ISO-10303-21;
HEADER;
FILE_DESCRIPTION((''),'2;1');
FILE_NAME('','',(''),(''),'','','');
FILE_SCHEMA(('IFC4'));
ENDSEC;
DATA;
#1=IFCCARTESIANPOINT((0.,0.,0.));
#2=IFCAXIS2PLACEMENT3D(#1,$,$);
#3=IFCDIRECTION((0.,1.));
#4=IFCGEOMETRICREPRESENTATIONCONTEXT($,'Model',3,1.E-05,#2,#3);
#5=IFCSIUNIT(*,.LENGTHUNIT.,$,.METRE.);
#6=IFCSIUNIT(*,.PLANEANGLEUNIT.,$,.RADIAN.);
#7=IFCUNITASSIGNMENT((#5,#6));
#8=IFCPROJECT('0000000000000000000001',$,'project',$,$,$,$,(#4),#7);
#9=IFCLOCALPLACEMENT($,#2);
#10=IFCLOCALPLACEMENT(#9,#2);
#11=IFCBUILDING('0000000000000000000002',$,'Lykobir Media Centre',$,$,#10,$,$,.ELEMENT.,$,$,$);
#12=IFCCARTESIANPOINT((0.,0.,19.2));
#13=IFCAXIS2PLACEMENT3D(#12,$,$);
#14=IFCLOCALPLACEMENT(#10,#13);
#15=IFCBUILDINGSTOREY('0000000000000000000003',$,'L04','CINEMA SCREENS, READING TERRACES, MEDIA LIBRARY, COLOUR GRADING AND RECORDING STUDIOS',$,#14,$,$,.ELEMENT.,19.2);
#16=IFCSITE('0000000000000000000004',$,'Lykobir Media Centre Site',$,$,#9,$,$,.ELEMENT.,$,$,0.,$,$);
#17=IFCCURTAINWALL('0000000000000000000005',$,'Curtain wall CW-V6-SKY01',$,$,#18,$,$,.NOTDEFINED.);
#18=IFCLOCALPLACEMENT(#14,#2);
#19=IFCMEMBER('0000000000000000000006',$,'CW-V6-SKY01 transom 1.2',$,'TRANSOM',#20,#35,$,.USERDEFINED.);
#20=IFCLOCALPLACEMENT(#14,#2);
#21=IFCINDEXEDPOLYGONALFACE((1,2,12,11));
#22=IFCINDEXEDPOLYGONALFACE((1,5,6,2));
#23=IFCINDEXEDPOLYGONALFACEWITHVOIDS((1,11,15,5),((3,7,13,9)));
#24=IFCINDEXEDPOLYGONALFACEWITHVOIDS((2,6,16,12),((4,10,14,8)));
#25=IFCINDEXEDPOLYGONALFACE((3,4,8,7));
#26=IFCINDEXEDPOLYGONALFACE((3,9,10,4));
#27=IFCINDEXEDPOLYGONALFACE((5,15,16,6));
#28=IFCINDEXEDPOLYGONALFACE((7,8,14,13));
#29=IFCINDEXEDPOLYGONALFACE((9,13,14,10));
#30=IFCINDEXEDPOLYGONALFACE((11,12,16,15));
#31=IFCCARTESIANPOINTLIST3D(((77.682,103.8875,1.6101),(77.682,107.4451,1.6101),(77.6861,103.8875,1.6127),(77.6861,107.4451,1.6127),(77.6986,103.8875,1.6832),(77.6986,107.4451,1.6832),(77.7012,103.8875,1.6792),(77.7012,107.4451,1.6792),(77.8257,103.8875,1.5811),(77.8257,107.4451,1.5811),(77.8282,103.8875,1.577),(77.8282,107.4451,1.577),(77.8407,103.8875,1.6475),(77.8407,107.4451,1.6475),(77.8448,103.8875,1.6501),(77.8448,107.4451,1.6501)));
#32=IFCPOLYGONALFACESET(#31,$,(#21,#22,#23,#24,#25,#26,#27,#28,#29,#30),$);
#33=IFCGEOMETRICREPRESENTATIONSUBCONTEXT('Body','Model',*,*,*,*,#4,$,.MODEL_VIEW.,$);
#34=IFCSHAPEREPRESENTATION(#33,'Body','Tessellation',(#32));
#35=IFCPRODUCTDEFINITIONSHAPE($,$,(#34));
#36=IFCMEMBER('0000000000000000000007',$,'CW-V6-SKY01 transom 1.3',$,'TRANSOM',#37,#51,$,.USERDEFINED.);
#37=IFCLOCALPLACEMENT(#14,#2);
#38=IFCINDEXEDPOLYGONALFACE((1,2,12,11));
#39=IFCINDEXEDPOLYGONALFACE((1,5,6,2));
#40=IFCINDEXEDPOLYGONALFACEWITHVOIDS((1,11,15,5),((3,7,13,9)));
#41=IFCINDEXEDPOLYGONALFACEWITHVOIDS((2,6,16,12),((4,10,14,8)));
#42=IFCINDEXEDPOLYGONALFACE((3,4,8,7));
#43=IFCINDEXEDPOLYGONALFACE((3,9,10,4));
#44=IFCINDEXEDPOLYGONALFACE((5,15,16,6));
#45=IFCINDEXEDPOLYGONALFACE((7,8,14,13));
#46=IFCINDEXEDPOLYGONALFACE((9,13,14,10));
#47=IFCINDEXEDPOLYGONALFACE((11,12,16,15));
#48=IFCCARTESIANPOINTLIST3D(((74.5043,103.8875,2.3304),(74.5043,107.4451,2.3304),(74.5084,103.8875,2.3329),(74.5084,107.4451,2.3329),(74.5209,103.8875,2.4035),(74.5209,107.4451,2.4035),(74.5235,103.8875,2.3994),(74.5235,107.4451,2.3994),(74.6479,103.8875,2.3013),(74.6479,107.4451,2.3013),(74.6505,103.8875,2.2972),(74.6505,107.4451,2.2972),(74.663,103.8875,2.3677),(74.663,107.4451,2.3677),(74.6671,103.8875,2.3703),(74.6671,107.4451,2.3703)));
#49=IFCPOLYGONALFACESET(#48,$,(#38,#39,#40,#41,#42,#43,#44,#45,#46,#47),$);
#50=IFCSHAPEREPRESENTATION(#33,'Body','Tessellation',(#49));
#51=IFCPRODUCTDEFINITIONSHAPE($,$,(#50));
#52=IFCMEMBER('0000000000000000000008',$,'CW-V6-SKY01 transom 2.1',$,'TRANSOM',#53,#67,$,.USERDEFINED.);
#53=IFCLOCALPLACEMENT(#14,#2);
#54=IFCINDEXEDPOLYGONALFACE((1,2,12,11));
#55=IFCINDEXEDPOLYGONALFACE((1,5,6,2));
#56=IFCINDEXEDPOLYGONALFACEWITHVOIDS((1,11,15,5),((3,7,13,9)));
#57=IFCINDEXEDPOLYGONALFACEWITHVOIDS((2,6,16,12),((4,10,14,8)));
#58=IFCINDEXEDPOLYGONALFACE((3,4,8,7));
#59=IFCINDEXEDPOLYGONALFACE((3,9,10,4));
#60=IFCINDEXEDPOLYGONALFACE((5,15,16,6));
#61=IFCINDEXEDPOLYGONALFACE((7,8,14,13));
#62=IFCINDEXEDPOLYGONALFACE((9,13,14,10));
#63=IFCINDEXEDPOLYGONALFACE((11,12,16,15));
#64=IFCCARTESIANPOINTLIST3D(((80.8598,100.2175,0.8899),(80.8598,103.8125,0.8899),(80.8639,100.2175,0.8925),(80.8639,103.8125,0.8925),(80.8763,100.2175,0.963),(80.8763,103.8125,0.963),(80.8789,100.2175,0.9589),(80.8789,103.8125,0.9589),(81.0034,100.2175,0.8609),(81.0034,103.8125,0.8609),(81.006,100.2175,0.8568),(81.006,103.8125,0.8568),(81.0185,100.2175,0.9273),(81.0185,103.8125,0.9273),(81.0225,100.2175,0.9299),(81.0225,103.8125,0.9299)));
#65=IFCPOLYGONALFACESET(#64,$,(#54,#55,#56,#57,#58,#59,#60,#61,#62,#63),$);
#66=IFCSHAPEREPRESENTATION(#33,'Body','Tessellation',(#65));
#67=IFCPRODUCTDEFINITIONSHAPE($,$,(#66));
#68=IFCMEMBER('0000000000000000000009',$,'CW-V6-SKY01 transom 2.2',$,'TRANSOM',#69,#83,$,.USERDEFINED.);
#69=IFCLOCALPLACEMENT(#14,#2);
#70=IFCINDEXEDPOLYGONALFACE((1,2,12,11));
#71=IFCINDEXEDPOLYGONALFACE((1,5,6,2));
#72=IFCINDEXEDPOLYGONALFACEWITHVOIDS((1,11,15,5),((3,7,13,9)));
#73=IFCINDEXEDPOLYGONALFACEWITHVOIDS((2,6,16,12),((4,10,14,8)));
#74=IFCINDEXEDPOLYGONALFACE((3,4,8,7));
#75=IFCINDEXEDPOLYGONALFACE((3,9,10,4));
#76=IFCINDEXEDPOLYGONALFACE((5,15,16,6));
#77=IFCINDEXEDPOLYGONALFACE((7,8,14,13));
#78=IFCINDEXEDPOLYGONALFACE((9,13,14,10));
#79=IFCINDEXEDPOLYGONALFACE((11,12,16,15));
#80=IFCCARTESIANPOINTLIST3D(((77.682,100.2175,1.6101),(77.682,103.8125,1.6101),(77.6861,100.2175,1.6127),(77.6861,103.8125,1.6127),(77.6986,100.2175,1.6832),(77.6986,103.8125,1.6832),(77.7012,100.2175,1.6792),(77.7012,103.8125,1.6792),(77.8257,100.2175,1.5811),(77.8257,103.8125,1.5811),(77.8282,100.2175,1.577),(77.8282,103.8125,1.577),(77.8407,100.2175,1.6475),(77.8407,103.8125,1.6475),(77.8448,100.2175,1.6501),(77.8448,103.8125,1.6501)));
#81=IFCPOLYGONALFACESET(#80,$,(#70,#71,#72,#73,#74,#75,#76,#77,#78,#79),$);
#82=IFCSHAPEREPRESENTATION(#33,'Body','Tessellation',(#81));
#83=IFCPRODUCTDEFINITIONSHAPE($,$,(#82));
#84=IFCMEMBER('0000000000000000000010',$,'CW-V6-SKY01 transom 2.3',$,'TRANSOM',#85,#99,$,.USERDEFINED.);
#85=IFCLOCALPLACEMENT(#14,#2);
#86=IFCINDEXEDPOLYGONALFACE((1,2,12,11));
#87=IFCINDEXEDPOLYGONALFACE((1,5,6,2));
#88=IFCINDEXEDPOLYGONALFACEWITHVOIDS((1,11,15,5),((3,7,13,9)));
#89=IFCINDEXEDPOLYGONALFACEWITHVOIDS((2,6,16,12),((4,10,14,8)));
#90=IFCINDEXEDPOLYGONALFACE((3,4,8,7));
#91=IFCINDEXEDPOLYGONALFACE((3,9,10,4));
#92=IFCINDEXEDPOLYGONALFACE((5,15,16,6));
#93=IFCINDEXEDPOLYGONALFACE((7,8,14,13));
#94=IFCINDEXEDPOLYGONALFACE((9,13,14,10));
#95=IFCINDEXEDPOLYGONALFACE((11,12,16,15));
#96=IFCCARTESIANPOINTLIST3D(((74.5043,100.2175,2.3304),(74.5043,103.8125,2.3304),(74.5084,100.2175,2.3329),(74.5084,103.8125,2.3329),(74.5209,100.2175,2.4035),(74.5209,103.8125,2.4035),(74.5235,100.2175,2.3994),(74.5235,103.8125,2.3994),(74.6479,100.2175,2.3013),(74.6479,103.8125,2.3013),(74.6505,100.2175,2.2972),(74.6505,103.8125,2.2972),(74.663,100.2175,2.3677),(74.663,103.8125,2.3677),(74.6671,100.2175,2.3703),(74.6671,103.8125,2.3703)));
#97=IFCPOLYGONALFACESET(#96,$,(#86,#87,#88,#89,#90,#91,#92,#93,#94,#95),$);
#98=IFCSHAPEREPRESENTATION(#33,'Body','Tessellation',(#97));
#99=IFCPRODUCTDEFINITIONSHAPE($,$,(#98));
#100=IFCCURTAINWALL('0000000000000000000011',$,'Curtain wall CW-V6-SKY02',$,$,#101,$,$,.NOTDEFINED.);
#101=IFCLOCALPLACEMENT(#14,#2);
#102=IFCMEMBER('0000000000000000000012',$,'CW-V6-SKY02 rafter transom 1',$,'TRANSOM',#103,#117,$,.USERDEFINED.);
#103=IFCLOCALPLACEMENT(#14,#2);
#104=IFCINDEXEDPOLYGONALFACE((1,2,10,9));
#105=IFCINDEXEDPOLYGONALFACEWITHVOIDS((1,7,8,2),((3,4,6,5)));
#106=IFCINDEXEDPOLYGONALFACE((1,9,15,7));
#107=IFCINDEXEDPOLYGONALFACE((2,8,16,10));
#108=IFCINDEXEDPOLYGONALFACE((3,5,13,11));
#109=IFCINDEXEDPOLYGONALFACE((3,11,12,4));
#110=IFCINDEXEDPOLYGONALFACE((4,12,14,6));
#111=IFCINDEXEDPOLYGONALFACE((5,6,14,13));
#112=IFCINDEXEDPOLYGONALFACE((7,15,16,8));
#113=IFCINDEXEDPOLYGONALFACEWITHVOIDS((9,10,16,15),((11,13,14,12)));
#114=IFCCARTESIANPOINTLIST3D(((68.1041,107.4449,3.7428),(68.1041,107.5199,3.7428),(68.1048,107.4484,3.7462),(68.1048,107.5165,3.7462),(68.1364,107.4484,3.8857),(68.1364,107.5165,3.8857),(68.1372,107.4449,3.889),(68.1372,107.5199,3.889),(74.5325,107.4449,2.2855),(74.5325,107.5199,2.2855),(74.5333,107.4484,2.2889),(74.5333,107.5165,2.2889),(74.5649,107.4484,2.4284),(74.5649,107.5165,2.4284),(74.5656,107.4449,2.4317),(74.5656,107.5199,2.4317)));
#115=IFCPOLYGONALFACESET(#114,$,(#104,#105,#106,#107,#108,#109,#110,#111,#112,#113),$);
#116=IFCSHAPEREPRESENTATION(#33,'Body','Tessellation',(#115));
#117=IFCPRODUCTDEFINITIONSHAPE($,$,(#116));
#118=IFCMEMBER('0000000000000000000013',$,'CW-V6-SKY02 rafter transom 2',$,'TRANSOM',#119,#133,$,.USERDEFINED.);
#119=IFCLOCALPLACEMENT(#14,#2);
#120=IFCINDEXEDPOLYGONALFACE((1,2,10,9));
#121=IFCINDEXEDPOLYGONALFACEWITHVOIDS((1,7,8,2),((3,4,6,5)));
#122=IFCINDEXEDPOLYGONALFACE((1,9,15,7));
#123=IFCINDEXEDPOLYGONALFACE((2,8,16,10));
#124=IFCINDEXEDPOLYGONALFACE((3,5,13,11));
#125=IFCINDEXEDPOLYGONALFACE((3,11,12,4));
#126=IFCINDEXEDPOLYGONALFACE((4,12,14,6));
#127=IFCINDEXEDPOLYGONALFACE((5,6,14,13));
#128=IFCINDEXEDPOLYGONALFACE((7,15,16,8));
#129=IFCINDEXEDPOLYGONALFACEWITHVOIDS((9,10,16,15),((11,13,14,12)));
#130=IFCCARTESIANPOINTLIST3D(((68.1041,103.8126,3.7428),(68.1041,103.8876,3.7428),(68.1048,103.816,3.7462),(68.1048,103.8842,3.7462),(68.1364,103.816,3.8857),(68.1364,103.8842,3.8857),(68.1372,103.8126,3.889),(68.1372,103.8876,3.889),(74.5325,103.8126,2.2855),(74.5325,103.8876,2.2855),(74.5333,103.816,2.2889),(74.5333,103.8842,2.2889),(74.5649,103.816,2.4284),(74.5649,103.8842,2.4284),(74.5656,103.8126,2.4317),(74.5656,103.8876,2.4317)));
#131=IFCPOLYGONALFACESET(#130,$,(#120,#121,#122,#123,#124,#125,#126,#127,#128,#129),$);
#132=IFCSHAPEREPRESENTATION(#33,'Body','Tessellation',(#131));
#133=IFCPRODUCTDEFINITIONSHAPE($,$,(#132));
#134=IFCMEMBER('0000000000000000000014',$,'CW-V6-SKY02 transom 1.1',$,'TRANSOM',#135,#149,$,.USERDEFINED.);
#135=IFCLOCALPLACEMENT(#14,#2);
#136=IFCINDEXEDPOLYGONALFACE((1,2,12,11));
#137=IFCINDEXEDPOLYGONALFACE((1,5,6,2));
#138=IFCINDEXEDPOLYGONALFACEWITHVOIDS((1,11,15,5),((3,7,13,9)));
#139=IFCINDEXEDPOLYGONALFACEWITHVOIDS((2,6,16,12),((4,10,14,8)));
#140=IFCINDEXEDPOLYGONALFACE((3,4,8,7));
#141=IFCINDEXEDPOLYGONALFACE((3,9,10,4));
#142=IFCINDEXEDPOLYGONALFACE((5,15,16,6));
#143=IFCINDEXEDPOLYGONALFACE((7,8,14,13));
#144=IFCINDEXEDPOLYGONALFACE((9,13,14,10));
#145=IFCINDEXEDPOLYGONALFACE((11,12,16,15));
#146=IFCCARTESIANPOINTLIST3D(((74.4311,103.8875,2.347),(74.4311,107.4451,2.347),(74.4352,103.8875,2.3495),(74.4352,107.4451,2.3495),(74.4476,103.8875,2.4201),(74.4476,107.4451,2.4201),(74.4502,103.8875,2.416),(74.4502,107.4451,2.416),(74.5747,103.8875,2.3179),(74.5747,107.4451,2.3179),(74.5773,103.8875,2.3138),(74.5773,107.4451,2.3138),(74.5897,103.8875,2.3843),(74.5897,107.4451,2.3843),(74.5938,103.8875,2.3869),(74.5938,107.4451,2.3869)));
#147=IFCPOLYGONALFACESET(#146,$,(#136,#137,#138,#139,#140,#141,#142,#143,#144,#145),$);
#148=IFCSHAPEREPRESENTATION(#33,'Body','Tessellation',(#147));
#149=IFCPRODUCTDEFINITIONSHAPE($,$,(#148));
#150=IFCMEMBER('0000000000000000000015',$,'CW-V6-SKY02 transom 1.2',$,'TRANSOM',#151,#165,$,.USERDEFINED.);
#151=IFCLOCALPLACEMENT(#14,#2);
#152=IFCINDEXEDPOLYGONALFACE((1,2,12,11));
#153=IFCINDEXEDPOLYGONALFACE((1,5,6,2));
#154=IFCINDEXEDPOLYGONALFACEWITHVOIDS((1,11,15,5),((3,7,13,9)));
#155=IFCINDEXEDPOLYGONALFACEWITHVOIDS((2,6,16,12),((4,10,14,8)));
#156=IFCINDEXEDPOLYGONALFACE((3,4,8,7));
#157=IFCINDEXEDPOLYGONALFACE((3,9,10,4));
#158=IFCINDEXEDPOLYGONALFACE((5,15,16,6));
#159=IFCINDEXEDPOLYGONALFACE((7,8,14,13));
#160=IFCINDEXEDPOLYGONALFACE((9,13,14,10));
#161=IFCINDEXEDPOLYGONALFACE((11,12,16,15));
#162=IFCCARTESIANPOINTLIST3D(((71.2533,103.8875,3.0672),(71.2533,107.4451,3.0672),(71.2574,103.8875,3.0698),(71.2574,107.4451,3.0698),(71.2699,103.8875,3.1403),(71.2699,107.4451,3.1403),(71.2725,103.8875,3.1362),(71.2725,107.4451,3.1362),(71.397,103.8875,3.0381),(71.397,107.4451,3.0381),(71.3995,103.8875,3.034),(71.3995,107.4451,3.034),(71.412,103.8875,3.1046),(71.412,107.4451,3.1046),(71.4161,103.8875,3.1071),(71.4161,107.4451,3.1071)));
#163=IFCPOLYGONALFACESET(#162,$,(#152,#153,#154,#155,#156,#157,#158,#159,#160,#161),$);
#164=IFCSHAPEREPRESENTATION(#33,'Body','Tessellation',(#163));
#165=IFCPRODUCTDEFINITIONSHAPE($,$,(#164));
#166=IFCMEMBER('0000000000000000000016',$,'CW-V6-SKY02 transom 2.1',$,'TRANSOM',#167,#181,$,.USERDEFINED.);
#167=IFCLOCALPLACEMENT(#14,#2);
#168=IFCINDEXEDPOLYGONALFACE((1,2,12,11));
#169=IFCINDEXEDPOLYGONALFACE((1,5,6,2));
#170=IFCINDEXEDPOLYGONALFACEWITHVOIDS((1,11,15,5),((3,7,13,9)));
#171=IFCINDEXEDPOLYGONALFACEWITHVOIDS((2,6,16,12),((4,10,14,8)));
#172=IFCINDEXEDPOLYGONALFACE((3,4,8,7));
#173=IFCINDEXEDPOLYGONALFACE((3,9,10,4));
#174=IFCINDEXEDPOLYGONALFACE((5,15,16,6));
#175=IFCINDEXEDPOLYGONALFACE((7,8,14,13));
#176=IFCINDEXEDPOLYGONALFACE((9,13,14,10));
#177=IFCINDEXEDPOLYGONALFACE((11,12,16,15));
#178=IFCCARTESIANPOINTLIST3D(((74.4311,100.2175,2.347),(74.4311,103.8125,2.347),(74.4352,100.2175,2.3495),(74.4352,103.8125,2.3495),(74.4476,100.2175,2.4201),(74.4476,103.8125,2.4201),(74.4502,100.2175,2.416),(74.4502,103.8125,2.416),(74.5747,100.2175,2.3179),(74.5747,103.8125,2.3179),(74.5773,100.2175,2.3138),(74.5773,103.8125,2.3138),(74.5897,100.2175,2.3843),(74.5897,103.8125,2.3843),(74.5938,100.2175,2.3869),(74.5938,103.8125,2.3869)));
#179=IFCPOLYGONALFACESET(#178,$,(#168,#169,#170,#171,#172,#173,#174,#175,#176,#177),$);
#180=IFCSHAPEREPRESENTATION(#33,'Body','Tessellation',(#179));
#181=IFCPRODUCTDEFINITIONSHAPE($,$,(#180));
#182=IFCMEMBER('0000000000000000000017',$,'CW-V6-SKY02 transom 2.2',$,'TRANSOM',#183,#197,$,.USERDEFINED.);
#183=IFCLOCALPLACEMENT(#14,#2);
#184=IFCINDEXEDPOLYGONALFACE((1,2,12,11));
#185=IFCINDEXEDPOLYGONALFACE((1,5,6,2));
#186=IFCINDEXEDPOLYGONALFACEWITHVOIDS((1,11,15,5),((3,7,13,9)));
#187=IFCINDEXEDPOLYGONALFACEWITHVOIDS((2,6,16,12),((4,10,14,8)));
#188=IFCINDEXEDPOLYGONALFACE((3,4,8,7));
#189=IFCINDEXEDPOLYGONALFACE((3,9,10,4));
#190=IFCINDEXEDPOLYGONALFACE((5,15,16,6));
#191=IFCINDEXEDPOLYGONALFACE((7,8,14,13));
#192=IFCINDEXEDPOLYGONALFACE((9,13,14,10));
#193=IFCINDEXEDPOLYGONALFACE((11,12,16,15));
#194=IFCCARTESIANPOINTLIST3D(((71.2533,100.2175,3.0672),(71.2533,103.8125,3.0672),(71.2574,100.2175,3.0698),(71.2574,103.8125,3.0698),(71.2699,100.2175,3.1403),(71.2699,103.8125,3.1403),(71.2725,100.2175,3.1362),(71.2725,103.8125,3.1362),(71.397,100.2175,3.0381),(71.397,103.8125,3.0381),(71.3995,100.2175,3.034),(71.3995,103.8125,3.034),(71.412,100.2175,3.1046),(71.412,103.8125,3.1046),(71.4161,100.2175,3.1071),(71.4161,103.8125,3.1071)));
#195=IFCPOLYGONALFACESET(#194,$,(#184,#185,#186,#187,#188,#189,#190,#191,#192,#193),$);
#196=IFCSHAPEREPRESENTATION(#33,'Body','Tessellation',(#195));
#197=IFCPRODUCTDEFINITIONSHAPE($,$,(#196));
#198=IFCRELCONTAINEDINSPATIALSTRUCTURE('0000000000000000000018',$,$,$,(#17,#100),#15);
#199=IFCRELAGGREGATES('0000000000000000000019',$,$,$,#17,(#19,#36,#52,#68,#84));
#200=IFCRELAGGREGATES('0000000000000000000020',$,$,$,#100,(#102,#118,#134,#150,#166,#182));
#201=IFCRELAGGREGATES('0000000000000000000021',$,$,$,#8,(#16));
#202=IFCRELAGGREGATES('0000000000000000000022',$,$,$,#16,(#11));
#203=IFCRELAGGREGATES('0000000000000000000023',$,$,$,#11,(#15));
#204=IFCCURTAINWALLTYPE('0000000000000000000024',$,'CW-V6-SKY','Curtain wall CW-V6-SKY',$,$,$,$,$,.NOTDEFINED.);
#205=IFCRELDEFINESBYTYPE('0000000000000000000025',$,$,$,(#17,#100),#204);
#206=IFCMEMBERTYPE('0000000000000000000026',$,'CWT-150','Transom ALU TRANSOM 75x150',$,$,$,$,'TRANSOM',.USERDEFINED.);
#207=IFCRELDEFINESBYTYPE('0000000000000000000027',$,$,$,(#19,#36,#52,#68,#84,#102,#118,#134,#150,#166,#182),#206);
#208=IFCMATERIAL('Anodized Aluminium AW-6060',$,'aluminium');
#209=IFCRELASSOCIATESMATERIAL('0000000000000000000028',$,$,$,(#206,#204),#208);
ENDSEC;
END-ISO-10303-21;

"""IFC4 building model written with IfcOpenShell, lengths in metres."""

from ifc_helpers import new_model, si_unit, direction, frame, origin, origin_2d, place, context, subcontext, project, spatial, hollow_rectangle, extrude, material, material_profile, profile_set, type_object, element, aggregate, save


model = new_model("IFC4")

# Units and contexts
model_context = context("Model", 3, precision=1e-05, world=origin(), true_north=direction((0.0, 1.0)))
body_context = subcontext(model_context, "Body", "Model", "MODEL_VIEW")
ifc_project = project(units=[si_unit("LENGTHUNIT", "METRE"), si_unit("PLANEANGLEUNIT", "RADIAN")], contexts=[model_context])

# Site, building, storey
site_placement = place(None, origin())
site = spatial("IfcSite", under=ifc_project, at=site_placement, Name="Lykobir Media Centre Site", CompositionType="ELEMENT", RefElevation=0.0)
building_placement = place(site_placement, origin())
building = spatial("IfcBuilding", under=site, at=building_placement, Name="Lykobir Media Centre", CompositionType="ELEMENT")
storey_placement = place(building_placement, frame((0.0, 0.0, 19.2)))
storey = spatial("IfcBuildingStorey", under=building, at=storey_placement, Name="L04", Description="CINEMA SCREENS, READING TERRACES, MEDIA LIBRARY, COLOUR GRADING AND RECORDING STUDIOS", CompositionType="ELEMENT", Elevation=19.2)

# Curtain walls, members
ifc_material_1 = material(Name="Anodized Aluminium AW-6060", Category="aluminium")
ifc_material_profile_1 = material_profile(ifc_material_1, hollow_rectangle(XDim=0.075, YDim=0.1499, WallThickness=0.0034, at=origin_2d()), Name="ALU TRANSOM 75x150")
ifc_profile_set_1 = profile_set([ifc_material_profile_1], Name="Anodized Aluminium AW-6060")
member_type_1 = type_object("IfcMemberType", Name="CWT-150", Description="Transom ALU TRANSOM 75x150", ElementType="TRANSOM", PredefinedType="USERDEFINED", material=ifc_profile_set_1)
curtain_wall_type_1 = type_object("IfcCurtainWallType", Name="CW-V6-SKY", Description="Curtain wall CW-V6-SKY", PredefinedType="NOTDEFINED", material=ifc_material_1)
curtain_wall_1_placement = place(storey_placement, origin())
curtain_wall_1 = element("IfcCurtainWall", 1, at=curtain_wall_1_placement, inside=storey, type_object=curtain_wall_type_1, Name="Curtain wall CW-V6-SKY01", PredefinedType="NOTDEFINED")
member_1_placement = place(storey_placement, frame((77.7634, 107.4451, 1.6301), z_axis=(0.0, -1.0, 0.0), x_axis=(0.221055, 0.0, 0.975261)))
member_1 = element("IfcMember", 2, at=member_1_placement, type_object=member_type_1, Name="CW-V6-SKY01 transom 1.2", ObjectType="TRANSOM", PredefinedType="USERDEFINED", context=body_context, shape_type="SweptSolid", body=[
    extrude(hollow_rectangle(XDim=0.075, YDim=0.1499, WallThickness=0.0034, at=origin_2d()), origin(), (0.0, 0.0, 1.0), 3.5576),
])
member_2_placement = place(storey_placement, frame((74.5857, 107.4451, 2.3503), z_axis=(0.0, -1.0, 0.0), x_axis=(0.221055, 0.0, 0.975261)))
member_2 = element("IfcMember", 3, at=member_2_placement, type_object=member_type_1, Name="CW-V6-SKY01 transom 1.3", ObjectType="TRANSOM", PredefinedType="USERDEFINED", context=body_context, shape_type="SweptSolid", body=[
    extrude(hollow_rectangle(XDim=0.075, YDim=0.1499, WallThickness=0.0034, at=origin_2d()), origin(), (0.0, 0.0, 1.0), 3.5576),
])
member_3_placement = place(storey_placement, frame((80.9412, 103.8125, 0.9099), z_axis=(0.0, -1.0, 0.0), x_axis=(0.221055, 0.0, 0.975261)))
member_3 = element("IfcMember", 4, at=member_3_placement, type_object=member_type_1, Name="CW-V6-SKY01 transom 2.1", ObjectType="TRANSOM", PredefinedType="USERDEFINED", context=body_context, shape_type="SweptSolid", body=[
    extrude(hollow_rectangle(XDim=0.075, YDim=0.1499, WallThickness=0.0034, at=origin_2d()), origin(), (0.0, 0.0, 1.0), 3.595),
])
member_4_placement = place(storey_placement, frame((77.7634, 103.8125, 1.6301), z_axis=(0.0, -1.0, 0.0), x_axis=(0.221055, 0.0, 0.975261)))
member_4 = element("IfcMember", 5, at=member_4_placement, type_object=member_type_1, Name="CW-V6-SKY01 transom 2.2", ObjectType="TRANSOM", PredefinedType="USERDEFINED", context=body_context, shape_type="SweptSolid", body=[
    extrude(hollow_rectangle(XDim=0.075, YDim=0.1499, WallThickness=0.0034, at=origin_2d()), origin(), (0.0, 0.0, 1.0), 3.595),
])
member_5_placement = place(storey_placement, frame((74.5857, 103.8125, 2.3503), z_axis=(0.0, -1.0, 0.0), x_axis=(0.221055, 0.0, 0.975261)))
member_5 = element("IfcMember", 6, at=member_5_placement, type_object=member_type_1, Name="CW-V6-SKY01 transom 2.3", ObjectType="TRANSOM", PredefinedType="USERDEFINED", context=body_context, shape_type="SweptSolid", body=[
    extrude(hollow_rectangle(XDim=0.075, YDim=0.1499, WallThickness=0.0034, at=origin_2d()), origin(), (0.0, 0.0, 1.0), 3.595),
])
curtain_wall_2_placement = place(storey_placement, origin())
curtain_wall_2 = element("IfcCurtainWall", 7, at=curtain_wall_2_placement, inside=storey, type_object=curtain_wall_type_1, Name="Curtain wall CW-V6-SKY02", PredefinedType="NOTDEFINED")
member_6_placement = place(storey_placement, frame((74.5491, 107.4824, 2.3586), z_axis=(-0.975255, 0.0, 0.221082), x_axis=(0.0, -1.0, 0.0)))
member_6 = element("IfcMember", 8, at=member_6_placement, type_object=member_type_1, Name="CW-V6-SKY02 rafter transom 1", ObjectType="TRANSOM", PredefinedType="USERDEFINED", context=body_context, shape_type="SweptSolid", body=[
    extrude(hollow_rectangle(XDim=0.075, YDim=0.1499, WallThickness=0.0034, at=origin_2d()), origin(), (0.0, 0.0, 1.0), 6.5916),
])
member_7_placement = place(storey_placement, frame((74.5491, 103.8501, 2.3586), z_axis=(-0.975255, 0.0, 0.221082), x_axis=(0.0, -1.0, 0.0)))
member_7 = element("IfcMember", 9, at=member_7_placement, type_object=member_type_1, Name="CW-V6-SKY02 rafter transom 2", ObjectType="TRANSOM", PredefinedType="USERDEFINED", context=body_context, shape_type="SweptSolid", body=[
    extrude(hollow_rectangle(XDim=0.075, YDim=0.1499, WallThickness=0.0034, at=origin_2d()), origin(), (0.0, 0.0, 1.0), 6.5916),
])
member_8_placement = place(storey_placement, frame((74.5125, 107.4451, 2.3669), z_axis=(0.0, -1.0, 0.0), x_axis=(0.221072, 0.0, 0.975258)))
member_8 = element("IfcMember", 10, at=member_8_placement, type_object=member_type_1, Name="CW-V6-SKY02 transom 1.1", ObjectType="TRANSOM", PredefinedType="USERDEFINED", context=body_context, shape_type="SweptSolid", body=[
    extrude(hollow_rectangle(XDim=0.075, YDim=0.1499, WallThickness=0.0034, at=origin_2d()), origin(), (0.0, 0.0, 1.0), 3.5576),
])
member_9_placement = place(storey_placement, frame((71.3347, 107.4451, 3.0872), z_axis=(0.0, -1.0, 0.0), x_axis=(0.221072, 0.0, 0.975258)))
member_9 = element("IfcMember", 11, at=member_9_placement, type_object=member_type_1, Name="CW-V6-SKY02 transom 1.2", ObjectType="TRANSOM", PredefinedType="USERDEFINED", context=body_context, shape_type="SweptSolid", body=[
    extrude(hollow_rectangle(XDim=0.075, YDim=0.1499, WallThickness=0.0034, at=origin_2d()), origin(), (0.0, 0.0, 1.0), 3.5576),
])
member_10_placement = place(storey_placement, frame((74.5125, 103.8125, 2.3669), z_axis=(0.0, -1.0, 0.0), x_axis=(0.221072, 0.0, 0.975258)))
member_10 = element("IfcMember", 12, at=member_10_placement, type_object=member_type_1, Name="CW-V6-SKY02 transom 2.1", ObjectType="TRANSOM", PredefinedType="USERDEFINED", context=body_context, shape_type="SweptSolid", body=[
    extrude(hollow_rectangle(XDim=0.075, YDim=0.1499, WallThickness=0.0034, at=origin_2d()), origin(), (0.0, 0.0, 1.0), 3.595),
])
member_11_placement = place(storey_placement, frame((71.3347, 103.8125, 3.0872), z_axis=(0.0, -1.0, 0.0), x_axis=(0.221072, 0.0, 0.975258)))
member_11 = element("IfcMember", 13, at=member_11_placement, type_object=member_type_1, Name="CW-V6-SKY02 transom 2.2", ObjectType="TRANSOM", PredefinedType="USERDEFINED", context=body_context, shape_type="SweptSolid", body=[
    extrude(hollow_rectangle(XDim=0.075, YDim=0.1499, WallThickness=0.0034, at=origin_2d()), origin(), (0.0, 0.0, 1.0), 3.595),
])

aggregate(curtain_wall_1, [member_1, member_2, member_3, member_4, member_5])
aggregate(curtain_wall_2, [member_6, member_7, member_8, member_9, member_10, member_11])

save(model, "model.ifc")
